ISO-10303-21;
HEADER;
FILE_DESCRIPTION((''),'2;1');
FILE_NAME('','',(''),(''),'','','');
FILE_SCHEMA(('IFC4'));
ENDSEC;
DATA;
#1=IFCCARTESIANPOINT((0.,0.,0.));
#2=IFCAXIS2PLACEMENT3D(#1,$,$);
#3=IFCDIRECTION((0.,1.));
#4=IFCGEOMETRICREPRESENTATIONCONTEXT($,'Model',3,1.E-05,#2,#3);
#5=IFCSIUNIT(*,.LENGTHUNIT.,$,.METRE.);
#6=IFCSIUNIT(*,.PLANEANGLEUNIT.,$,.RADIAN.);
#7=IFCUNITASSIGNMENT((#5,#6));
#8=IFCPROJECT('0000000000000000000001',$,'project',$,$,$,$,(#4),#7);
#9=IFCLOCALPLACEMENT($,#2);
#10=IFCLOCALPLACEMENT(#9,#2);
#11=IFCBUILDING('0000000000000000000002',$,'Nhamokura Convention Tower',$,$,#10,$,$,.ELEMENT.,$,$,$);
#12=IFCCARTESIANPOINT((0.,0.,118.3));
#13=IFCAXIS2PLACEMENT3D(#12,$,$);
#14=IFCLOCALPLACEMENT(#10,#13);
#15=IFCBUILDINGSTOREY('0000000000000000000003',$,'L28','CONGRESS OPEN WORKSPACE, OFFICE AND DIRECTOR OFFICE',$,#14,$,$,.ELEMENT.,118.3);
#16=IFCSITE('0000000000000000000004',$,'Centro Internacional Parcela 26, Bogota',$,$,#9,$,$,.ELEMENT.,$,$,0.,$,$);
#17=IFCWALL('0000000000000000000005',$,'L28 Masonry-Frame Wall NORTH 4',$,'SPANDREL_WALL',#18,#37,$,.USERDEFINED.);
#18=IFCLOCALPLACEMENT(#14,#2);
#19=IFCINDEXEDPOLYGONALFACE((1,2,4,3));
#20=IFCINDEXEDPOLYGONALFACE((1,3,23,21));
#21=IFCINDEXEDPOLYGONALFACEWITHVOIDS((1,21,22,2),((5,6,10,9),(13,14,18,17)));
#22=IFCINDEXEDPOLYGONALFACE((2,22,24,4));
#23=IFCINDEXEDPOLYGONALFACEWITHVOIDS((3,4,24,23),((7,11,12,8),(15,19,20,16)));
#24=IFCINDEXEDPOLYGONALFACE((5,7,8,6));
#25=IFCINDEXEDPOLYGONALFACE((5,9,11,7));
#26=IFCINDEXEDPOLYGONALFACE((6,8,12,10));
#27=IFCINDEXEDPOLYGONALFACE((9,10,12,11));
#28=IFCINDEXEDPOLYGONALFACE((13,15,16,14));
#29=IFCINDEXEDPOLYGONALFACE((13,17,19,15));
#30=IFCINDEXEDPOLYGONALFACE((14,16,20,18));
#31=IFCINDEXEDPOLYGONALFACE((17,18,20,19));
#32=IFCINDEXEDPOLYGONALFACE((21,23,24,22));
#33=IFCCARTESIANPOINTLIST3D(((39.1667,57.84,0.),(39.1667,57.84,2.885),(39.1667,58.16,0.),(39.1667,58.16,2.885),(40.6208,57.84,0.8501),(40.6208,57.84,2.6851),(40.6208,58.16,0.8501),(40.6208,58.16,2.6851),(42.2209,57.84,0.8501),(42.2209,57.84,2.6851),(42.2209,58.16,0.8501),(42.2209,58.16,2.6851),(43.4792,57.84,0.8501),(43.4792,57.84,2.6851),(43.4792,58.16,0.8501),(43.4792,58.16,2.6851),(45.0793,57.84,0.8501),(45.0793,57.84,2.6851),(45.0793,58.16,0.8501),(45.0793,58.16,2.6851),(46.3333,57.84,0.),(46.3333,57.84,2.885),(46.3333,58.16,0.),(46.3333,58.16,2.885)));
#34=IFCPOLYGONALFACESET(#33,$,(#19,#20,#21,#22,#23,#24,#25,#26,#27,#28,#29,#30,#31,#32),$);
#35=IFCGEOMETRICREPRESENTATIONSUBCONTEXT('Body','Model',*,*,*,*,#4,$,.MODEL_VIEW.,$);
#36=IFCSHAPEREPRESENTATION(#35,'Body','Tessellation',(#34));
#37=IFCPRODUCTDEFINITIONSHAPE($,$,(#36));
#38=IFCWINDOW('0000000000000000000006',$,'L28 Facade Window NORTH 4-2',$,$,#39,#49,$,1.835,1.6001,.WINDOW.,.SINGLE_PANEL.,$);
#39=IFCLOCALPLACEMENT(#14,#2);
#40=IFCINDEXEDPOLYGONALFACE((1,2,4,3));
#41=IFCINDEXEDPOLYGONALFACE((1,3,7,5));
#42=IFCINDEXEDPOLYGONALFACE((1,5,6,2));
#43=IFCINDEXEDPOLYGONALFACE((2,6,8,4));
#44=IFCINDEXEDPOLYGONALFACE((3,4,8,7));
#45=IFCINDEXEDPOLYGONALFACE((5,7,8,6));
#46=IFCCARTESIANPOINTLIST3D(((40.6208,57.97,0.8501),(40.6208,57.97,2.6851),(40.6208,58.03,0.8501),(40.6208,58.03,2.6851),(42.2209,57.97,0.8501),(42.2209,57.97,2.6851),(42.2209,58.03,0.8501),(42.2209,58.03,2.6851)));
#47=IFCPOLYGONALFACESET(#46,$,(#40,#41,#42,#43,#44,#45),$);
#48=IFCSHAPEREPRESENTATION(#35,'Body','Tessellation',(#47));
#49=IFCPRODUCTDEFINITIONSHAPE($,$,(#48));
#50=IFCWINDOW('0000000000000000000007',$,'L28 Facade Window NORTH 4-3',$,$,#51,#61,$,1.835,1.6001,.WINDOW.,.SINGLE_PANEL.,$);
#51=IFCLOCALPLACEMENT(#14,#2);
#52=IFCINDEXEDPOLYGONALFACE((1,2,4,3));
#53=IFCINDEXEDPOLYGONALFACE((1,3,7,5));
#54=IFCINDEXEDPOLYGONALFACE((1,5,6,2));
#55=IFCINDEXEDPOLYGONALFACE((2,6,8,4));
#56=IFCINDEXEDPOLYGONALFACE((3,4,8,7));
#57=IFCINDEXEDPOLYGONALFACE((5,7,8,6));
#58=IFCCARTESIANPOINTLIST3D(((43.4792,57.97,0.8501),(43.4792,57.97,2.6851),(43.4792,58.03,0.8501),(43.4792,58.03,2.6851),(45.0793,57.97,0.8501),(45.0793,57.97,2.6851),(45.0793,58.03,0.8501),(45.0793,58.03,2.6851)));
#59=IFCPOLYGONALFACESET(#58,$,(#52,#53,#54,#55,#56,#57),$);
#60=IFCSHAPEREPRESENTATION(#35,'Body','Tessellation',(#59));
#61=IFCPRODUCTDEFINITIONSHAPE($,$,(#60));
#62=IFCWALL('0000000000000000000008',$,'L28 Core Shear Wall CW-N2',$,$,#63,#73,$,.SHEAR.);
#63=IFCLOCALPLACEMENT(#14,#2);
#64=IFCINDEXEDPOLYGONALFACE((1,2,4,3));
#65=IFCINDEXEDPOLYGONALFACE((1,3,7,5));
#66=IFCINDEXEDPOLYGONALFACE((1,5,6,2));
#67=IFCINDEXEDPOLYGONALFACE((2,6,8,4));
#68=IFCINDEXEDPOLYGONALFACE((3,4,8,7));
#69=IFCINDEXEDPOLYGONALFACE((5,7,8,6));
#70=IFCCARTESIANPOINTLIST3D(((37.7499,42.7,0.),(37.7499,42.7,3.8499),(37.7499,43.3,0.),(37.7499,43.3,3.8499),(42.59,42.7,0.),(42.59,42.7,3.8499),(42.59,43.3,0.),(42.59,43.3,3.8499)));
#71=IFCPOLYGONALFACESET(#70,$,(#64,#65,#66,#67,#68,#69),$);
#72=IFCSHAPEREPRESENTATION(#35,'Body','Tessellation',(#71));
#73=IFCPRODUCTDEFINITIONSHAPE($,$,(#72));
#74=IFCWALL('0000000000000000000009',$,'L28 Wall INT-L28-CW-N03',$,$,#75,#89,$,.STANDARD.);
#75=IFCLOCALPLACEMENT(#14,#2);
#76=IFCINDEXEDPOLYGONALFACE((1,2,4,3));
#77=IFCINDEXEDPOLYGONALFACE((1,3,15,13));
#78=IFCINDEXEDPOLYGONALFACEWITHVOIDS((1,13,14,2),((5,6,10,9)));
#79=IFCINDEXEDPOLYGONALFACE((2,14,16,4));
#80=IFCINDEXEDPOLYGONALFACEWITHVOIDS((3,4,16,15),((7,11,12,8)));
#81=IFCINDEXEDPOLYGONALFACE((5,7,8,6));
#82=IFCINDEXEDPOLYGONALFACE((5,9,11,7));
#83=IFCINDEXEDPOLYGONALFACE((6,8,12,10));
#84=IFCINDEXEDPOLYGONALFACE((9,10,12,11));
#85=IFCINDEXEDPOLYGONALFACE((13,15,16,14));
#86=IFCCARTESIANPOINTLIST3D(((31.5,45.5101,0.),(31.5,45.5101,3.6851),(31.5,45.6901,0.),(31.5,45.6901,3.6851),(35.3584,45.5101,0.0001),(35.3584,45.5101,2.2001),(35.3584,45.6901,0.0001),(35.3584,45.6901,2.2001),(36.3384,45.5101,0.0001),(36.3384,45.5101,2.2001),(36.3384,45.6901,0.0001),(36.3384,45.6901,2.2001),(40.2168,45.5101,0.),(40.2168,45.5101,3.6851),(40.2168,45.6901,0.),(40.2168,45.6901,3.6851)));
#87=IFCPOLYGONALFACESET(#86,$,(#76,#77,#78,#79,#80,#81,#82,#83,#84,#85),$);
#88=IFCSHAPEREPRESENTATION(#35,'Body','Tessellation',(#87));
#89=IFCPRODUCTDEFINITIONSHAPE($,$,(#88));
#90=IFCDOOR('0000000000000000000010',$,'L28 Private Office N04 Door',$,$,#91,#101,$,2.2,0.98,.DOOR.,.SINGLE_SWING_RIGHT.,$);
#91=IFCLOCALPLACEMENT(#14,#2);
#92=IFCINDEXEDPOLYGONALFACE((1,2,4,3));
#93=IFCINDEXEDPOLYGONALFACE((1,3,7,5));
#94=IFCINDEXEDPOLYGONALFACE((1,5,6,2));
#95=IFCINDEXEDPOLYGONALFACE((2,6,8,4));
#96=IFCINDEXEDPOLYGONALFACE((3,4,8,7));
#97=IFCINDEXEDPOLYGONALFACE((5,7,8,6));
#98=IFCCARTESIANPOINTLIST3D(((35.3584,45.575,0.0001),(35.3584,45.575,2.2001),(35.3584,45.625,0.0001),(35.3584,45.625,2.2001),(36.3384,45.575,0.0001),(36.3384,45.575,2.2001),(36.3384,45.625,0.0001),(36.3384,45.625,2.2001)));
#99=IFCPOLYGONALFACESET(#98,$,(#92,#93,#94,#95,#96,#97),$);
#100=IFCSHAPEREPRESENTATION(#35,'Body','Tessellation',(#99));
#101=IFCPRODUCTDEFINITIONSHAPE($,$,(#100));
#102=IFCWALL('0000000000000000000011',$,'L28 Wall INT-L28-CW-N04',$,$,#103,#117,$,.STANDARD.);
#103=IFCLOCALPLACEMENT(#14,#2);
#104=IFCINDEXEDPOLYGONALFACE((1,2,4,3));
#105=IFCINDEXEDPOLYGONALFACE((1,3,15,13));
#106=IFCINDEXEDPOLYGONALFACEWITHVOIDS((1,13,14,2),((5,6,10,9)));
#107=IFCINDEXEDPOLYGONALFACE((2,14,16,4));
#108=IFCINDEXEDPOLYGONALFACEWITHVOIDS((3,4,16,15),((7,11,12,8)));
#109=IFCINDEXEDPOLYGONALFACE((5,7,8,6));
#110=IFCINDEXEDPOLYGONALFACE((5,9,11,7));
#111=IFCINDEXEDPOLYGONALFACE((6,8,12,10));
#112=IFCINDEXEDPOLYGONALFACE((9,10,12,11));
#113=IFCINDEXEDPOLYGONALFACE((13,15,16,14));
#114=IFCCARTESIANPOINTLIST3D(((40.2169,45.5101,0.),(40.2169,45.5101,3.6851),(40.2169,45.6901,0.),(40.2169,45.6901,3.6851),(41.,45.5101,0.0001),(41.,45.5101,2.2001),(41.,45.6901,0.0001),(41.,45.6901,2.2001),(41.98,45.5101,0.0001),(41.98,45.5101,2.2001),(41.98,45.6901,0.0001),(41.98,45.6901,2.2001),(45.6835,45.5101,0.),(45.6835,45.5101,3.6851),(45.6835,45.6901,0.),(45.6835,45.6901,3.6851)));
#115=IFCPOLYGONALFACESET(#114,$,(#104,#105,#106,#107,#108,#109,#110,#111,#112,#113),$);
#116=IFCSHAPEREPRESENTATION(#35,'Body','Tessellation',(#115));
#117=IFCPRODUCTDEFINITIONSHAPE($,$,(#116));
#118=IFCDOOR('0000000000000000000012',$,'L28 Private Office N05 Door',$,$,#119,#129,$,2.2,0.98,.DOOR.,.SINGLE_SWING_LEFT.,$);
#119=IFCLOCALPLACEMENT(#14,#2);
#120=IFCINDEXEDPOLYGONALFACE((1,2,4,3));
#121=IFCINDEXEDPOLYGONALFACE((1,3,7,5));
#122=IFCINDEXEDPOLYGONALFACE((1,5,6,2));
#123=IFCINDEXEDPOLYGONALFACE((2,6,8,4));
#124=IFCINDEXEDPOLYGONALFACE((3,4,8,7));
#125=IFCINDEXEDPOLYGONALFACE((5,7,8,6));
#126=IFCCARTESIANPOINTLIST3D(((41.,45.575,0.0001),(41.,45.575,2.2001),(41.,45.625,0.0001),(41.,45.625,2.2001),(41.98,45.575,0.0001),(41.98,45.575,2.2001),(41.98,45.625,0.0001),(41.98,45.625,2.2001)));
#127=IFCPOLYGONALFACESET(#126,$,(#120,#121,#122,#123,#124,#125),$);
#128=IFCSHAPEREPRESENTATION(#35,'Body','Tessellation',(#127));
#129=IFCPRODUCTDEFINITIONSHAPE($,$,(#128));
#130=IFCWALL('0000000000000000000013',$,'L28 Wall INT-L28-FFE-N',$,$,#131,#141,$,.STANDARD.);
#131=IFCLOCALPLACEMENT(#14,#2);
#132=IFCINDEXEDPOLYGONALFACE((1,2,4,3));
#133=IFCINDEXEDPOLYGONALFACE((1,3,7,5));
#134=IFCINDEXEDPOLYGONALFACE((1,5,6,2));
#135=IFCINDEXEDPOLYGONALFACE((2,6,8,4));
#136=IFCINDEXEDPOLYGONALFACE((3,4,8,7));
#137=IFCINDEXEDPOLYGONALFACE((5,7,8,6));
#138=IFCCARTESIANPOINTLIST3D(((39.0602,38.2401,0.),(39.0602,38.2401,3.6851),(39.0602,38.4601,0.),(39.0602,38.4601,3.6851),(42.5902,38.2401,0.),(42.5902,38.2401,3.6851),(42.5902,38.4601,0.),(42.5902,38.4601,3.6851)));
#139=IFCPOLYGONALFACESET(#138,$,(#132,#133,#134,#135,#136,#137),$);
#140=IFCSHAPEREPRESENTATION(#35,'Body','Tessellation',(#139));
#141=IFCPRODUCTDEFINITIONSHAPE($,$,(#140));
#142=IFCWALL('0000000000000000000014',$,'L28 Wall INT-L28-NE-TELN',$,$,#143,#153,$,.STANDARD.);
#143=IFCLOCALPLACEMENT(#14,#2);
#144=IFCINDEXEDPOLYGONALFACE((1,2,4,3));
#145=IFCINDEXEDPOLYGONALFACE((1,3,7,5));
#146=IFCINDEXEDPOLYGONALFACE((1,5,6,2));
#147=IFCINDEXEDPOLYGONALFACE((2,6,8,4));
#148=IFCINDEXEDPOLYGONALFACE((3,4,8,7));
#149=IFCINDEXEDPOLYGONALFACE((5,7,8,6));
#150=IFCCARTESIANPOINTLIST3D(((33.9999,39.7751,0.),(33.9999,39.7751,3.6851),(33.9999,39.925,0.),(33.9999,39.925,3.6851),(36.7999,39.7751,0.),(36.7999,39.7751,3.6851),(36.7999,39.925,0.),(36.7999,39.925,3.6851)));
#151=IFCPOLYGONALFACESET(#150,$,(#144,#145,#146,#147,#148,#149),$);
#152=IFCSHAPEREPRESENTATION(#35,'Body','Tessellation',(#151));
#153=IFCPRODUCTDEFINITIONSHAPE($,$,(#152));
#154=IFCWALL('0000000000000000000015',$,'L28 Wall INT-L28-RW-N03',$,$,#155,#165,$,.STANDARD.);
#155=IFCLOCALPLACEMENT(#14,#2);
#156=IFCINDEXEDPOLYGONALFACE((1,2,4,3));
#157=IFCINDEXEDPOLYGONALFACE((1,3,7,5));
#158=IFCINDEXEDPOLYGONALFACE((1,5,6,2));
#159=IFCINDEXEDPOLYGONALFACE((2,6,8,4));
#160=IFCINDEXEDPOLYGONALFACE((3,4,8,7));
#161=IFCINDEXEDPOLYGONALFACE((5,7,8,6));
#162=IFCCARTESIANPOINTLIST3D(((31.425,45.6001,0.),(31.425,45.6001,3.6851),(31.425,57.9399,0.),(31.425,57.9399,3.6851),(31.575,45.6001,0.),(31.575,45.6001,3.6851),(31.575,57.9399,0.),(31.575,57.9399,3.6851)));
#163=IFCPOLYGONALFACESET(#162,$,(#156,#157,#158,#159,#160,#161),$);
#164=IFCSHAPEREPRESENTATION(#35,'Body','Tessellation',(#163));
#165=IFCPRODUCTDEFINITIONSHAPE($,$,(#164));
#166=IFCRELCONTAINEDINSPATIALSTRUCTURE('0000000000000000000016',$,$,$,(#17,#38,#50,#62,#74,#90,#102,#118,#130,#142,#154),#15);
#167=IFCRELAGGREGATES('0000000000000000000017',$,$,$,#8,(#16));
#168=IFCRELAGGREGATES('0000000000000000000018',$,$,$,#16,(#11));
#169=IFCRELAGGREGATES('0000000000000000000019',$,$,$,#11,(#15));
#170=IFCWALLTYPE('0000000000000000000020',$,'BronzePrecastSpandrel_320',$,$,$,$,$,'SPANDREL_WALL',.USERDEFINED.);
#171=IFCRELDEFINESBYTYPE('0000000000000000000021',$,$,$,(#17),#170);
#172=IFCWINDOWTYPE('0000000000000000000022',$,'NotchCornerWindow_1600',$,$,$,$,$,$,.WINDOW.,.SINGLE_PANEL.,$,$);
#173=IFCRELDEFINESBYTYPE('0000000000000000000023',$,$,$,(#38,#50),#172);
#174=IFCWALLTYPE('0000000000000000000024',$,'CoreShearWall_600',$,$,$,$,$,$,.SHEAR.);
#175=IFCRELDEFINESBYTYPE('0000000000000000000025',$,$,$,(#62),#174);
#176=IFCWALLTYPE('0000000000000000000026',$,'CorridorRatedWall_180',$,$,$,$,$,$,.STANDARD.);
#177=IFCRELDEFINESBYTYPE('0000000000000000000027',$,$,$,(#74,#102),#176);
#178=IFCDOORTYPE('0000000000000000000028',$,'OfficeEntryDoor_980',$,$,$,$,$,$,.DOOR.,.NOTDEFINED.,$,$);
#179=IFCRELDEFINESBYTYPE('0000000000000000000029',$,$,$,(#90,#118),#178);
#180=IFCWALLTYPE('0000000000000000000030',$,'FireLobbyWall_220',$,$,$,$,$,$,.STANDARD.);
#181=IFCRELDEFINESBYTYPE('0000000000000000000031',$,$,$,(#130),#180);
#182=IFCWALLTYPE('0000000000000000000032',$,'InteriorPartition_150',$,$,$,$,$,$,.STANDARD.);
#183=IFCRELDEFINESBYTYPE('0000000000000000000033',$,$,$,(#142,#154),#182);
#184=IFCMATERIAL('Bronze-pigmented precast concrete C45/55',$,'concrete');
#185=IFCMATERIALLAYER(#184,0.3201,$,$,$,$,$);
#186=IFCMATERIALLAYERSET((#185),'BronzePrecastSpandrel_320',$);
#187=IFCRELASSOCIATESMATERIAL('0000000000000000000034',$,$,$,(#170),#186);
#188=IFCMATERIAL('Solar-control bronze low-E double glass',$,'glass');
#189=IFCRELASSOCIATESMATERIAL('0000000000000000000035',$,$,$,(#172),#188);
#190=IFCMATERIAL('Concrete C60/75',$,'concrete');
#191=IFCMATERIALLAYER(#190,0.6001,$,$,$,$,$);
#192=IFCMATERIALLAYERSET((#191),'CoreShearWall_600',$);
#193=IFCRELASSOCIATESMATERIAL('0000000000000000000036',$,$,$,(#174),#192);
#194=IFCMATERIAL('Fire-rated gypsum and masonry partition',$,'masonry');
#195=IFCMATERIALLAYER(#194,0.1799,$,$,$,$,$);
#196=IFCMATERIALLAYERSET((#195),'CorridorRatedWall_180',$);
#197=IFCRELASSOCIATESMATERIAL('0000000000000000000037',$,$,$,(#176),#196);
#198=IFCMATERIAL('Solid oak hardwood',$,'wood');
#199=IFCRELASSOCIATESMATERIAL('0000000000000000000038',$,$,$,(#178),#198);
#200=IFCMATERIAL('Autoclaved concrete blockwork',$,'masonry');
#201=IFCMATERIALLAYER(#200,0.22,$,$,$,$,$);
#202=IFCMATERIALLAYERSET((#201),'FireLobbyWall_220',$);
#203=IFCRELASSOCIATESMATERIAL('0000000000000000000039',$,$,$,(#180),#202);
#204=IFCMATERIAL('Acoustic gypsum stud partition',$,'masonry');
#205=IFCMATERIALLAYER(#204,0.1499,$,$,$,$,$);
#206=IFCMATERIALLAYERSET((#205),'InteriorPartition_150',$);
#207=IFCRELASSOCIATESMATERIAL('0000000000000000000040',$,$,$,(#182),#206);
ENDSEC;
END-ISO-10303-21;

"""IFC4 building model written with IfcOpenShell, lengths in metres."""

from ifc_helpers import new_model, si_unit, direction, frame, frame_2d, origin, place, context, subcontext, project, spatial, rectangle, extrude, material, layer, layer_set, type_object, element, fill, save


model = new_model("IFC4")

# Units and contexts
model_context = context("Model", 3, precision=1e-05, world=origin(), true_north=direction((0.0, 1.0)))
body_context = subcontext(model_context, "Body", "Model", "MODEL_VIEW")
ifc_project = project(units=[si_unit("LENGTHUNIT", "METRE"), si_unit("PLANEANGLEUNIT", "RADIAN")], contexts=[model_context])

# Site, building, storey
site_placement = place(None, origin())
site = spatial("IfcSite", under=ifc_project, at=site_placement, Name="Centro Internacional Parcela 26, Bogota", CompositionType="ELEMENT", RefElevation=0.0)
building_placement = place(site_placement, origin())
building = spatial("IfcBuilding", under=site, at=building_placement, Name="Nhamokura Convention Tower", CompositionType="ELEMENT")
storey_placement = place(building_placement, frame((0.0, 0.0, 118.3)))
storey = spatial("IfcBuildingStorey", under=building, at=storey_placement, Name="L28", Description="CONGRESS OPEN WORKSPACE, OFFICE AND DIRECTOR OFFICE", CompositionType="ELEMENT", Elevation=118.3)

# Shared definitions
ifc_material_1 = material(Name="Bronze-pigmented precast concrete C45/55", Category="concrete")
ifc_layer_1 = layer(ifc_material_1, 0.3201)
ifc_layer_set_1 = layer_set([ifc_layer_1], Name="BronzePrecastSpandrel_320")
wall_type_1 = type_object("IfcWallType", Name="BronzePrecastSpandrel_320", ElementType="SPANDREL_WALL", PredefinedType="USERDEFINED", material=ifc_layer_set_1)

# Wall, openings, windows
wall_1_placement = place(storey_placement, frame((39.1667, 58.0, 0.0), z_axis=(0.0, 0.0, 1.0), x_axis=(1.0, 0.0, 0.0)))
wall_1 = element("IfcWall", 1, at=wall_1_placement, inside=storey, type_object=wall_type_1, Name="L28 Masonry-Frame Wall NORTH 4", ObjectType="SPANDREL_WALL", PredefinedType="USERDEFINED", context=body_context, shape_type="SweptSolid", body=[
    extrude(rectangle(XDim=7.1665, YDim=0.3201, at=frame_2d((3.5833, 0.0))), origin(), (0.0, 0.0, 1.0), 2.885),
])
opening_1_placement = place(wall_1_placement, frame((1.4541, 0.0, 0.8501)))
opening_1 = element("IfcOpeningElement", 2, at=opening_1_placement, cuts=wall_1, PredefinedType="OPENING", context=body_context, shape_type="SweptSolid", body=[
    extrude(rectangle(XDim=1.6001, YDim=1.835, at=frame_2d((0.8, 0.9175))), frame((0.0, 0.1699, 0.0), z_axis=(0.0, -1.0, 0.0), x_axis=(1.0, 0.0, 0.0)), (0.0, 0.0, 1.0), 0.3401),
])
opening_2_placement = place(wall_1_placement, frame((4.3125, 0.0, 0.8501)))
opening_2 = element("IfcOpeningElement", 3, at=opening_2_placement, cuts=wall_1, PredefinedType="OPENING", context=body_context, shape_type="SweptSolid", body=[
    extrude(rectangle(XDim=1.6001, YDim=1.835, at=frame_2d((0.8, 0.9175))), frame((0.0, 0.1699, 0.0), z_axis=(0.0, -1.0, 0.0), x_axis=(1.0, 0.0, 0.0)), (0.0, 0.0, 1.0), 0.3401),
])
ifc_material_2 = material(Name="Solar-control bronze low-E double glass", Category="glass")
window_type_1 = type_object("IfcWindowType", Name="NotchCornerWindow_1600", PartitioningType="SINGLE_PANEL", PredefinedType="WINDOW", material=ifc_material_2)
window_1_placement = place(opening_1_placement, origin())
window_1 = element("IfcWindow", 4, at=window_1_placement, inside=storey, type_object=window_type_1, Name="L28 Facade Window NORTH 4-2", OverallHeight=1.835, OverallWidth=1.6001, PartitioningType="SINGLE_PANEL", PredefinedType="WINDOW", context=body_context, shape_type="SweptSolid", body=[
    extrude(rectangle(XDim=1.6001, YDim=1.835, at=frame_2d((0.8, 0.9175))), frame((0.0, 0.03, 0.0), z_axis=(0.0, -1.0, 0.0), x_axis=(1.0, 0.0, 0.0)), (0.0, 0.0, 1.0), 0.0601),
])
fill(opening_1, window_1)
window_2_placement = place(opening_2_placement, origin())
window_2 = element("IfcWindow", 5, at=window_2_placement, inside=storey, type_object=window_type_1, Name="L28 Facade Window NORTH 4-3", OverallHeight=1.835, OverallWidth=1.6001, PartitioningType="SINGLE_PANEL", PredefinedType="WINDOW", context=body_context, shape_type="SweptSolid", body=[
    extrude(rectangle(XDim=1.6001, YDim=1.835, at=frame_2d((0.8, 0.9175))), frame((0.0, 0.03, 0.0), z_axis=(0.0, -1.0, 0.0), x_axis=(1.0, 0.0, 0.0)), (0.0, 0.0, 1.0), 0.0601),
])
fill(opening_2, window_2)

# Wall
ifc_material_3 = material(Name="Concrete C60/75", Category="concrete")
ifc_layer_2 = layer(ifc_material_3, 0.6001)
ifc_layer_set_2 = layer_set([ifc_layer_2], Name="CoreShearWall_600")
wall_type_2 = type_object("IfcWallType", Name="CoreShearWall_600", PredefinedType="SHEAR", material=ifc_layer_set_2)
wall_2_placement = place(storey_placement, frame((37.75, 43.0, 0.0), z_axis=(0.0, 0.0, 1.0), x_axis=(1.0, 0.0, 0.0)))
element("IfcWall", 6, at=wall_2_placement, inside=storey, type_object=wall_type_2, Name="L28 Core Shear Wall CW-N2", PredefinedType="SHEAR", context=body_context, shape_type="SweptSolid", body=[
    extrude(rectangle(XDim=4.8401, YDim=0.6001, at=frame_2d((2.4199, 0.0))), origin(), (0.0, 0.0, 1.0), 3.8499),
])

# Walls, openings, doors
ifc_material_4 = material(Name="Fire-rated gypsum and masonry partition", Category="masonry")
ifc_layer_3 = layer(ifc_material_4, 0.1799)
ifc_layer_set_3 = layer_set([ifc_layer_3], Name="CorridorRatedWall_180")
wall_type_3 = type_object("IfcWallType", Name="CorridorRatedWall_180", PredefinedType="STANDARD", material=ifc_layer_set_3)
wall_3_placement = place(storey_placement, frame((31.5, 45.6001, 0.0), z_axis=(0.0, 0.0, 1.0), x_axis=(1.0, 0.0, 0.0)))
wall_3 = element("IfcWall", 7, at=wall_3_placement, inside=storey, type_object=wall_type_3, Name="L28 Wall INT-L28-CW-N03", PredefinedType="STANDARD", context=body_context, shape_type="SweptSolid", body=[
    extrude(rectangle(XDim=8.7168, YDim=0.1799, at=frame_2d((4.3584, 0.0))), origin(), (0.0, 0.0, 1.0), 3.6851),
])
opening_3_placement = place(wall_3_placement, frame((3.8584, 0.0, 0.0)))
opening_3 = element("IfcOpeningElement", 8, at=opening_3_placement, cuts=wall_3, PredefinedType="OPENING", context=body_context, shape_type="SweptSolid", body=[
    extrude(rectangle(XDim=0.98, YDim=2.2, at=frame_2d((0.49, 1.1001))), frame((0.0, 0.0999, 0.0), z_axis=(0.0, -1.0, 0.0), x_axis=(1.0, 0.0, 0.0)), (0.0, 0.0, 1.0), 0.2),
])
ifc_material_5 = material(Name="Solid oak hardwood", Category="wood")
door_type = type_object("IfcDoorType", Name="OfficeEntryDoor_980", OperationType="NOTDEFINED", PredefinedType="DOOR", material=ifc_material_5)
door_1_placement = place(opening_3_placement, origin())
door_1 = element("IfcDoor", 9, at=door_1_placement, inside=storey, type_object=door_type, Name="L28 Private Office N04 Door", OperationType="SINGLE_SWING_RIGHT", OverallHeight=2.2, OverallWidth=0.98, PredefinedType="DOOR", context=body_context, shape_type="SweptSolid", body=[
    extrude(rectangle(XDim=0.98, YDim=2.2, at=frame_2d((0.49, 1.1001))), frame((0.0, 0.0249, 0.0), z_axis=(0.0, -1.0, 0.0), x_axis=(1.0, 0.0, 0.0)), (0.0, 0.0, 1.0), 0.05),
])
fill(opening_3, door_1)
wall_4_placement = place(storey_placement, frame((40.2168, 45.6001, 0.0), z_axis=(0.0, 0.0, 1.0), x_axis=(1.0, 0.0, 0.0)))
wall_4 = element("IfcWall", 10, at=wall_4_placement, inside=storey, type_object=wall_type_3, Name="L28 Wall INT-L28-CW-N04", PredefinedType="STANDARD", context=body_context, shape_type="SweptSolid", body=[
    extrude(rectangle(XDim=5.4666, YDim=0.1799, at=frame_2d((2.7334, 0.0))), origin(), (0.0, 0.0, 1.0), 3.6851),
])
opening_4_placement = place(wall_4_placement, frame((0.7832, 0.0, 0.0)))
opening_4 = element("IfcOpeningElement", 11, at=opening_4_placement, cuts=wall_4, PredefinedType="OPENING", context=body_context, shape_type="SweptSolid", body=[
    extrude(rectangle(XDim=0.98, YDim=2.2, at=frame_2d((0.49, 1.1001))), frame((0.0, 0.0999, 0.0), z_axis=(0.0, -1.0, 0.0), x_axis=(1.0, 0.0, 0.0)), (0.0, 0.0, 1.0), 0.2),
])
door_2_placement = place(opening_4_placement, origin())
door_2 = element("IfcDoor", 12, at=door_2_placement, inside=storey, type_object=door_type, Name="L28 Private Office N05 Door", OperationType="SINGLE_SWING_LEFT", OverallHeight=2.2, OverallWidth=0.98, PredefinedType="DOOR", context=body_context, shape_type="SweptSolid", body=[
    extrude(rectangle(XDim=0.98, YDim=2.2, at=frame_2d((0.49, 1.1001))), frame((0.0, 0.0249, 0.0), z_axis=(0.0, -1.0, 0.0), x_axis=(1.0, 0.0, 0.0)), (0.0, 0.0, 1.0), 0.05),
])
fill(opening_4, door_2)

# Walls
ifc_material_6 = material(Name="Autoclaved concrete blockwork", Category="masonry")
ifc_layer_4 = layer(ifc_material_6, 0.22)
ifc_layer_set_4 = layer_set([ifc_layer_4], Name="FireLobbyWall_220")
wall_type_4 = type_object("IfcWallType", Name="FireLobbyWall_220", PredefinedType="STANDARD", material=ifc_layer_set_4)
wall_5_placement = place(storey_placement, frame((39.0601, 38.3501, 0.0), z_axis=(0.0, 0.0, 1.0), x_axis=(1.0, 0.0, 0.0)))
element("IfcWall", 13, at=wall_5_placement, inside=storey, type_object=wall_type_4, Name="L28 Wall INT-L28-FFE-N", PredefinedType="STANDARD", context=body_context, shape_type="SweptSolid", body=[
    extrude(rectangle(XDim=3.53, YDim=0.22, at=frame_2d((1.7651, 0.0))), origin(), (0.0, 0.0, 1.0), 3.6851),
])
ifc_material_7 = material(Name="Acoustic gypsum stud partition", Category="masonry")
ifc_layer_5 = layer(ifc_material_7, 0.1499)
ifc_layer_set_5 = layer_set([ifc_layer_5], Name="InteriorPartition_150")
wall_type_5 = type_object("IfcWallType", Name="InteriorPartition_150", PredefinedType="STANDARD", material=ifc_layer_set_5)
wall_6_placement = place(storey_placement, frame((34.0, 39.8501, 0.0), z_axis=(0.0, 0.0, 1.0), x_axis=(1.0, 0.0, 0.0)))
element("IfcWall", 14, at=wall_6_placement, inside=storey, type_object=wall_type_5, Name="L28 Wall INT-L28-NE-TELN", PredefinedType="STANDARD", context=body_context, shape_type="SweptSolid", body=[
    extrude(rectangle(XDim=2.8, YDim=0.1499, at=frame_2d((1.3999, 0.0))), origin(), (0.0, 0.0, 1.0), 3.6851),
])
for number, where, z_axis, x_axis, name in (
    (15, (31.5, 45.6001, 0.0), (0.0, 0.0, 1.0), (0.0, 1.0, 0.0), "L28 Wall INT-L28-RW-N03"),
):
    element("IfcWall", number, at=place(storey_placement, frame(where, z_axis=z_axis, x_axis=x_axis)), inside=storey, type_object=wall_type_5, Name=name, PredefinedType="STANDARD", context=body_context, shape_type="SweptSolid", body=[
        extrude(rectangle(XDim=12.3398, YDim=0.1499, at=frame_2d((6.1699, 0.0))), origin(), (0.0, 0.0, 1.0), 3.6851),
    ])

save(model, "model.ifc")
